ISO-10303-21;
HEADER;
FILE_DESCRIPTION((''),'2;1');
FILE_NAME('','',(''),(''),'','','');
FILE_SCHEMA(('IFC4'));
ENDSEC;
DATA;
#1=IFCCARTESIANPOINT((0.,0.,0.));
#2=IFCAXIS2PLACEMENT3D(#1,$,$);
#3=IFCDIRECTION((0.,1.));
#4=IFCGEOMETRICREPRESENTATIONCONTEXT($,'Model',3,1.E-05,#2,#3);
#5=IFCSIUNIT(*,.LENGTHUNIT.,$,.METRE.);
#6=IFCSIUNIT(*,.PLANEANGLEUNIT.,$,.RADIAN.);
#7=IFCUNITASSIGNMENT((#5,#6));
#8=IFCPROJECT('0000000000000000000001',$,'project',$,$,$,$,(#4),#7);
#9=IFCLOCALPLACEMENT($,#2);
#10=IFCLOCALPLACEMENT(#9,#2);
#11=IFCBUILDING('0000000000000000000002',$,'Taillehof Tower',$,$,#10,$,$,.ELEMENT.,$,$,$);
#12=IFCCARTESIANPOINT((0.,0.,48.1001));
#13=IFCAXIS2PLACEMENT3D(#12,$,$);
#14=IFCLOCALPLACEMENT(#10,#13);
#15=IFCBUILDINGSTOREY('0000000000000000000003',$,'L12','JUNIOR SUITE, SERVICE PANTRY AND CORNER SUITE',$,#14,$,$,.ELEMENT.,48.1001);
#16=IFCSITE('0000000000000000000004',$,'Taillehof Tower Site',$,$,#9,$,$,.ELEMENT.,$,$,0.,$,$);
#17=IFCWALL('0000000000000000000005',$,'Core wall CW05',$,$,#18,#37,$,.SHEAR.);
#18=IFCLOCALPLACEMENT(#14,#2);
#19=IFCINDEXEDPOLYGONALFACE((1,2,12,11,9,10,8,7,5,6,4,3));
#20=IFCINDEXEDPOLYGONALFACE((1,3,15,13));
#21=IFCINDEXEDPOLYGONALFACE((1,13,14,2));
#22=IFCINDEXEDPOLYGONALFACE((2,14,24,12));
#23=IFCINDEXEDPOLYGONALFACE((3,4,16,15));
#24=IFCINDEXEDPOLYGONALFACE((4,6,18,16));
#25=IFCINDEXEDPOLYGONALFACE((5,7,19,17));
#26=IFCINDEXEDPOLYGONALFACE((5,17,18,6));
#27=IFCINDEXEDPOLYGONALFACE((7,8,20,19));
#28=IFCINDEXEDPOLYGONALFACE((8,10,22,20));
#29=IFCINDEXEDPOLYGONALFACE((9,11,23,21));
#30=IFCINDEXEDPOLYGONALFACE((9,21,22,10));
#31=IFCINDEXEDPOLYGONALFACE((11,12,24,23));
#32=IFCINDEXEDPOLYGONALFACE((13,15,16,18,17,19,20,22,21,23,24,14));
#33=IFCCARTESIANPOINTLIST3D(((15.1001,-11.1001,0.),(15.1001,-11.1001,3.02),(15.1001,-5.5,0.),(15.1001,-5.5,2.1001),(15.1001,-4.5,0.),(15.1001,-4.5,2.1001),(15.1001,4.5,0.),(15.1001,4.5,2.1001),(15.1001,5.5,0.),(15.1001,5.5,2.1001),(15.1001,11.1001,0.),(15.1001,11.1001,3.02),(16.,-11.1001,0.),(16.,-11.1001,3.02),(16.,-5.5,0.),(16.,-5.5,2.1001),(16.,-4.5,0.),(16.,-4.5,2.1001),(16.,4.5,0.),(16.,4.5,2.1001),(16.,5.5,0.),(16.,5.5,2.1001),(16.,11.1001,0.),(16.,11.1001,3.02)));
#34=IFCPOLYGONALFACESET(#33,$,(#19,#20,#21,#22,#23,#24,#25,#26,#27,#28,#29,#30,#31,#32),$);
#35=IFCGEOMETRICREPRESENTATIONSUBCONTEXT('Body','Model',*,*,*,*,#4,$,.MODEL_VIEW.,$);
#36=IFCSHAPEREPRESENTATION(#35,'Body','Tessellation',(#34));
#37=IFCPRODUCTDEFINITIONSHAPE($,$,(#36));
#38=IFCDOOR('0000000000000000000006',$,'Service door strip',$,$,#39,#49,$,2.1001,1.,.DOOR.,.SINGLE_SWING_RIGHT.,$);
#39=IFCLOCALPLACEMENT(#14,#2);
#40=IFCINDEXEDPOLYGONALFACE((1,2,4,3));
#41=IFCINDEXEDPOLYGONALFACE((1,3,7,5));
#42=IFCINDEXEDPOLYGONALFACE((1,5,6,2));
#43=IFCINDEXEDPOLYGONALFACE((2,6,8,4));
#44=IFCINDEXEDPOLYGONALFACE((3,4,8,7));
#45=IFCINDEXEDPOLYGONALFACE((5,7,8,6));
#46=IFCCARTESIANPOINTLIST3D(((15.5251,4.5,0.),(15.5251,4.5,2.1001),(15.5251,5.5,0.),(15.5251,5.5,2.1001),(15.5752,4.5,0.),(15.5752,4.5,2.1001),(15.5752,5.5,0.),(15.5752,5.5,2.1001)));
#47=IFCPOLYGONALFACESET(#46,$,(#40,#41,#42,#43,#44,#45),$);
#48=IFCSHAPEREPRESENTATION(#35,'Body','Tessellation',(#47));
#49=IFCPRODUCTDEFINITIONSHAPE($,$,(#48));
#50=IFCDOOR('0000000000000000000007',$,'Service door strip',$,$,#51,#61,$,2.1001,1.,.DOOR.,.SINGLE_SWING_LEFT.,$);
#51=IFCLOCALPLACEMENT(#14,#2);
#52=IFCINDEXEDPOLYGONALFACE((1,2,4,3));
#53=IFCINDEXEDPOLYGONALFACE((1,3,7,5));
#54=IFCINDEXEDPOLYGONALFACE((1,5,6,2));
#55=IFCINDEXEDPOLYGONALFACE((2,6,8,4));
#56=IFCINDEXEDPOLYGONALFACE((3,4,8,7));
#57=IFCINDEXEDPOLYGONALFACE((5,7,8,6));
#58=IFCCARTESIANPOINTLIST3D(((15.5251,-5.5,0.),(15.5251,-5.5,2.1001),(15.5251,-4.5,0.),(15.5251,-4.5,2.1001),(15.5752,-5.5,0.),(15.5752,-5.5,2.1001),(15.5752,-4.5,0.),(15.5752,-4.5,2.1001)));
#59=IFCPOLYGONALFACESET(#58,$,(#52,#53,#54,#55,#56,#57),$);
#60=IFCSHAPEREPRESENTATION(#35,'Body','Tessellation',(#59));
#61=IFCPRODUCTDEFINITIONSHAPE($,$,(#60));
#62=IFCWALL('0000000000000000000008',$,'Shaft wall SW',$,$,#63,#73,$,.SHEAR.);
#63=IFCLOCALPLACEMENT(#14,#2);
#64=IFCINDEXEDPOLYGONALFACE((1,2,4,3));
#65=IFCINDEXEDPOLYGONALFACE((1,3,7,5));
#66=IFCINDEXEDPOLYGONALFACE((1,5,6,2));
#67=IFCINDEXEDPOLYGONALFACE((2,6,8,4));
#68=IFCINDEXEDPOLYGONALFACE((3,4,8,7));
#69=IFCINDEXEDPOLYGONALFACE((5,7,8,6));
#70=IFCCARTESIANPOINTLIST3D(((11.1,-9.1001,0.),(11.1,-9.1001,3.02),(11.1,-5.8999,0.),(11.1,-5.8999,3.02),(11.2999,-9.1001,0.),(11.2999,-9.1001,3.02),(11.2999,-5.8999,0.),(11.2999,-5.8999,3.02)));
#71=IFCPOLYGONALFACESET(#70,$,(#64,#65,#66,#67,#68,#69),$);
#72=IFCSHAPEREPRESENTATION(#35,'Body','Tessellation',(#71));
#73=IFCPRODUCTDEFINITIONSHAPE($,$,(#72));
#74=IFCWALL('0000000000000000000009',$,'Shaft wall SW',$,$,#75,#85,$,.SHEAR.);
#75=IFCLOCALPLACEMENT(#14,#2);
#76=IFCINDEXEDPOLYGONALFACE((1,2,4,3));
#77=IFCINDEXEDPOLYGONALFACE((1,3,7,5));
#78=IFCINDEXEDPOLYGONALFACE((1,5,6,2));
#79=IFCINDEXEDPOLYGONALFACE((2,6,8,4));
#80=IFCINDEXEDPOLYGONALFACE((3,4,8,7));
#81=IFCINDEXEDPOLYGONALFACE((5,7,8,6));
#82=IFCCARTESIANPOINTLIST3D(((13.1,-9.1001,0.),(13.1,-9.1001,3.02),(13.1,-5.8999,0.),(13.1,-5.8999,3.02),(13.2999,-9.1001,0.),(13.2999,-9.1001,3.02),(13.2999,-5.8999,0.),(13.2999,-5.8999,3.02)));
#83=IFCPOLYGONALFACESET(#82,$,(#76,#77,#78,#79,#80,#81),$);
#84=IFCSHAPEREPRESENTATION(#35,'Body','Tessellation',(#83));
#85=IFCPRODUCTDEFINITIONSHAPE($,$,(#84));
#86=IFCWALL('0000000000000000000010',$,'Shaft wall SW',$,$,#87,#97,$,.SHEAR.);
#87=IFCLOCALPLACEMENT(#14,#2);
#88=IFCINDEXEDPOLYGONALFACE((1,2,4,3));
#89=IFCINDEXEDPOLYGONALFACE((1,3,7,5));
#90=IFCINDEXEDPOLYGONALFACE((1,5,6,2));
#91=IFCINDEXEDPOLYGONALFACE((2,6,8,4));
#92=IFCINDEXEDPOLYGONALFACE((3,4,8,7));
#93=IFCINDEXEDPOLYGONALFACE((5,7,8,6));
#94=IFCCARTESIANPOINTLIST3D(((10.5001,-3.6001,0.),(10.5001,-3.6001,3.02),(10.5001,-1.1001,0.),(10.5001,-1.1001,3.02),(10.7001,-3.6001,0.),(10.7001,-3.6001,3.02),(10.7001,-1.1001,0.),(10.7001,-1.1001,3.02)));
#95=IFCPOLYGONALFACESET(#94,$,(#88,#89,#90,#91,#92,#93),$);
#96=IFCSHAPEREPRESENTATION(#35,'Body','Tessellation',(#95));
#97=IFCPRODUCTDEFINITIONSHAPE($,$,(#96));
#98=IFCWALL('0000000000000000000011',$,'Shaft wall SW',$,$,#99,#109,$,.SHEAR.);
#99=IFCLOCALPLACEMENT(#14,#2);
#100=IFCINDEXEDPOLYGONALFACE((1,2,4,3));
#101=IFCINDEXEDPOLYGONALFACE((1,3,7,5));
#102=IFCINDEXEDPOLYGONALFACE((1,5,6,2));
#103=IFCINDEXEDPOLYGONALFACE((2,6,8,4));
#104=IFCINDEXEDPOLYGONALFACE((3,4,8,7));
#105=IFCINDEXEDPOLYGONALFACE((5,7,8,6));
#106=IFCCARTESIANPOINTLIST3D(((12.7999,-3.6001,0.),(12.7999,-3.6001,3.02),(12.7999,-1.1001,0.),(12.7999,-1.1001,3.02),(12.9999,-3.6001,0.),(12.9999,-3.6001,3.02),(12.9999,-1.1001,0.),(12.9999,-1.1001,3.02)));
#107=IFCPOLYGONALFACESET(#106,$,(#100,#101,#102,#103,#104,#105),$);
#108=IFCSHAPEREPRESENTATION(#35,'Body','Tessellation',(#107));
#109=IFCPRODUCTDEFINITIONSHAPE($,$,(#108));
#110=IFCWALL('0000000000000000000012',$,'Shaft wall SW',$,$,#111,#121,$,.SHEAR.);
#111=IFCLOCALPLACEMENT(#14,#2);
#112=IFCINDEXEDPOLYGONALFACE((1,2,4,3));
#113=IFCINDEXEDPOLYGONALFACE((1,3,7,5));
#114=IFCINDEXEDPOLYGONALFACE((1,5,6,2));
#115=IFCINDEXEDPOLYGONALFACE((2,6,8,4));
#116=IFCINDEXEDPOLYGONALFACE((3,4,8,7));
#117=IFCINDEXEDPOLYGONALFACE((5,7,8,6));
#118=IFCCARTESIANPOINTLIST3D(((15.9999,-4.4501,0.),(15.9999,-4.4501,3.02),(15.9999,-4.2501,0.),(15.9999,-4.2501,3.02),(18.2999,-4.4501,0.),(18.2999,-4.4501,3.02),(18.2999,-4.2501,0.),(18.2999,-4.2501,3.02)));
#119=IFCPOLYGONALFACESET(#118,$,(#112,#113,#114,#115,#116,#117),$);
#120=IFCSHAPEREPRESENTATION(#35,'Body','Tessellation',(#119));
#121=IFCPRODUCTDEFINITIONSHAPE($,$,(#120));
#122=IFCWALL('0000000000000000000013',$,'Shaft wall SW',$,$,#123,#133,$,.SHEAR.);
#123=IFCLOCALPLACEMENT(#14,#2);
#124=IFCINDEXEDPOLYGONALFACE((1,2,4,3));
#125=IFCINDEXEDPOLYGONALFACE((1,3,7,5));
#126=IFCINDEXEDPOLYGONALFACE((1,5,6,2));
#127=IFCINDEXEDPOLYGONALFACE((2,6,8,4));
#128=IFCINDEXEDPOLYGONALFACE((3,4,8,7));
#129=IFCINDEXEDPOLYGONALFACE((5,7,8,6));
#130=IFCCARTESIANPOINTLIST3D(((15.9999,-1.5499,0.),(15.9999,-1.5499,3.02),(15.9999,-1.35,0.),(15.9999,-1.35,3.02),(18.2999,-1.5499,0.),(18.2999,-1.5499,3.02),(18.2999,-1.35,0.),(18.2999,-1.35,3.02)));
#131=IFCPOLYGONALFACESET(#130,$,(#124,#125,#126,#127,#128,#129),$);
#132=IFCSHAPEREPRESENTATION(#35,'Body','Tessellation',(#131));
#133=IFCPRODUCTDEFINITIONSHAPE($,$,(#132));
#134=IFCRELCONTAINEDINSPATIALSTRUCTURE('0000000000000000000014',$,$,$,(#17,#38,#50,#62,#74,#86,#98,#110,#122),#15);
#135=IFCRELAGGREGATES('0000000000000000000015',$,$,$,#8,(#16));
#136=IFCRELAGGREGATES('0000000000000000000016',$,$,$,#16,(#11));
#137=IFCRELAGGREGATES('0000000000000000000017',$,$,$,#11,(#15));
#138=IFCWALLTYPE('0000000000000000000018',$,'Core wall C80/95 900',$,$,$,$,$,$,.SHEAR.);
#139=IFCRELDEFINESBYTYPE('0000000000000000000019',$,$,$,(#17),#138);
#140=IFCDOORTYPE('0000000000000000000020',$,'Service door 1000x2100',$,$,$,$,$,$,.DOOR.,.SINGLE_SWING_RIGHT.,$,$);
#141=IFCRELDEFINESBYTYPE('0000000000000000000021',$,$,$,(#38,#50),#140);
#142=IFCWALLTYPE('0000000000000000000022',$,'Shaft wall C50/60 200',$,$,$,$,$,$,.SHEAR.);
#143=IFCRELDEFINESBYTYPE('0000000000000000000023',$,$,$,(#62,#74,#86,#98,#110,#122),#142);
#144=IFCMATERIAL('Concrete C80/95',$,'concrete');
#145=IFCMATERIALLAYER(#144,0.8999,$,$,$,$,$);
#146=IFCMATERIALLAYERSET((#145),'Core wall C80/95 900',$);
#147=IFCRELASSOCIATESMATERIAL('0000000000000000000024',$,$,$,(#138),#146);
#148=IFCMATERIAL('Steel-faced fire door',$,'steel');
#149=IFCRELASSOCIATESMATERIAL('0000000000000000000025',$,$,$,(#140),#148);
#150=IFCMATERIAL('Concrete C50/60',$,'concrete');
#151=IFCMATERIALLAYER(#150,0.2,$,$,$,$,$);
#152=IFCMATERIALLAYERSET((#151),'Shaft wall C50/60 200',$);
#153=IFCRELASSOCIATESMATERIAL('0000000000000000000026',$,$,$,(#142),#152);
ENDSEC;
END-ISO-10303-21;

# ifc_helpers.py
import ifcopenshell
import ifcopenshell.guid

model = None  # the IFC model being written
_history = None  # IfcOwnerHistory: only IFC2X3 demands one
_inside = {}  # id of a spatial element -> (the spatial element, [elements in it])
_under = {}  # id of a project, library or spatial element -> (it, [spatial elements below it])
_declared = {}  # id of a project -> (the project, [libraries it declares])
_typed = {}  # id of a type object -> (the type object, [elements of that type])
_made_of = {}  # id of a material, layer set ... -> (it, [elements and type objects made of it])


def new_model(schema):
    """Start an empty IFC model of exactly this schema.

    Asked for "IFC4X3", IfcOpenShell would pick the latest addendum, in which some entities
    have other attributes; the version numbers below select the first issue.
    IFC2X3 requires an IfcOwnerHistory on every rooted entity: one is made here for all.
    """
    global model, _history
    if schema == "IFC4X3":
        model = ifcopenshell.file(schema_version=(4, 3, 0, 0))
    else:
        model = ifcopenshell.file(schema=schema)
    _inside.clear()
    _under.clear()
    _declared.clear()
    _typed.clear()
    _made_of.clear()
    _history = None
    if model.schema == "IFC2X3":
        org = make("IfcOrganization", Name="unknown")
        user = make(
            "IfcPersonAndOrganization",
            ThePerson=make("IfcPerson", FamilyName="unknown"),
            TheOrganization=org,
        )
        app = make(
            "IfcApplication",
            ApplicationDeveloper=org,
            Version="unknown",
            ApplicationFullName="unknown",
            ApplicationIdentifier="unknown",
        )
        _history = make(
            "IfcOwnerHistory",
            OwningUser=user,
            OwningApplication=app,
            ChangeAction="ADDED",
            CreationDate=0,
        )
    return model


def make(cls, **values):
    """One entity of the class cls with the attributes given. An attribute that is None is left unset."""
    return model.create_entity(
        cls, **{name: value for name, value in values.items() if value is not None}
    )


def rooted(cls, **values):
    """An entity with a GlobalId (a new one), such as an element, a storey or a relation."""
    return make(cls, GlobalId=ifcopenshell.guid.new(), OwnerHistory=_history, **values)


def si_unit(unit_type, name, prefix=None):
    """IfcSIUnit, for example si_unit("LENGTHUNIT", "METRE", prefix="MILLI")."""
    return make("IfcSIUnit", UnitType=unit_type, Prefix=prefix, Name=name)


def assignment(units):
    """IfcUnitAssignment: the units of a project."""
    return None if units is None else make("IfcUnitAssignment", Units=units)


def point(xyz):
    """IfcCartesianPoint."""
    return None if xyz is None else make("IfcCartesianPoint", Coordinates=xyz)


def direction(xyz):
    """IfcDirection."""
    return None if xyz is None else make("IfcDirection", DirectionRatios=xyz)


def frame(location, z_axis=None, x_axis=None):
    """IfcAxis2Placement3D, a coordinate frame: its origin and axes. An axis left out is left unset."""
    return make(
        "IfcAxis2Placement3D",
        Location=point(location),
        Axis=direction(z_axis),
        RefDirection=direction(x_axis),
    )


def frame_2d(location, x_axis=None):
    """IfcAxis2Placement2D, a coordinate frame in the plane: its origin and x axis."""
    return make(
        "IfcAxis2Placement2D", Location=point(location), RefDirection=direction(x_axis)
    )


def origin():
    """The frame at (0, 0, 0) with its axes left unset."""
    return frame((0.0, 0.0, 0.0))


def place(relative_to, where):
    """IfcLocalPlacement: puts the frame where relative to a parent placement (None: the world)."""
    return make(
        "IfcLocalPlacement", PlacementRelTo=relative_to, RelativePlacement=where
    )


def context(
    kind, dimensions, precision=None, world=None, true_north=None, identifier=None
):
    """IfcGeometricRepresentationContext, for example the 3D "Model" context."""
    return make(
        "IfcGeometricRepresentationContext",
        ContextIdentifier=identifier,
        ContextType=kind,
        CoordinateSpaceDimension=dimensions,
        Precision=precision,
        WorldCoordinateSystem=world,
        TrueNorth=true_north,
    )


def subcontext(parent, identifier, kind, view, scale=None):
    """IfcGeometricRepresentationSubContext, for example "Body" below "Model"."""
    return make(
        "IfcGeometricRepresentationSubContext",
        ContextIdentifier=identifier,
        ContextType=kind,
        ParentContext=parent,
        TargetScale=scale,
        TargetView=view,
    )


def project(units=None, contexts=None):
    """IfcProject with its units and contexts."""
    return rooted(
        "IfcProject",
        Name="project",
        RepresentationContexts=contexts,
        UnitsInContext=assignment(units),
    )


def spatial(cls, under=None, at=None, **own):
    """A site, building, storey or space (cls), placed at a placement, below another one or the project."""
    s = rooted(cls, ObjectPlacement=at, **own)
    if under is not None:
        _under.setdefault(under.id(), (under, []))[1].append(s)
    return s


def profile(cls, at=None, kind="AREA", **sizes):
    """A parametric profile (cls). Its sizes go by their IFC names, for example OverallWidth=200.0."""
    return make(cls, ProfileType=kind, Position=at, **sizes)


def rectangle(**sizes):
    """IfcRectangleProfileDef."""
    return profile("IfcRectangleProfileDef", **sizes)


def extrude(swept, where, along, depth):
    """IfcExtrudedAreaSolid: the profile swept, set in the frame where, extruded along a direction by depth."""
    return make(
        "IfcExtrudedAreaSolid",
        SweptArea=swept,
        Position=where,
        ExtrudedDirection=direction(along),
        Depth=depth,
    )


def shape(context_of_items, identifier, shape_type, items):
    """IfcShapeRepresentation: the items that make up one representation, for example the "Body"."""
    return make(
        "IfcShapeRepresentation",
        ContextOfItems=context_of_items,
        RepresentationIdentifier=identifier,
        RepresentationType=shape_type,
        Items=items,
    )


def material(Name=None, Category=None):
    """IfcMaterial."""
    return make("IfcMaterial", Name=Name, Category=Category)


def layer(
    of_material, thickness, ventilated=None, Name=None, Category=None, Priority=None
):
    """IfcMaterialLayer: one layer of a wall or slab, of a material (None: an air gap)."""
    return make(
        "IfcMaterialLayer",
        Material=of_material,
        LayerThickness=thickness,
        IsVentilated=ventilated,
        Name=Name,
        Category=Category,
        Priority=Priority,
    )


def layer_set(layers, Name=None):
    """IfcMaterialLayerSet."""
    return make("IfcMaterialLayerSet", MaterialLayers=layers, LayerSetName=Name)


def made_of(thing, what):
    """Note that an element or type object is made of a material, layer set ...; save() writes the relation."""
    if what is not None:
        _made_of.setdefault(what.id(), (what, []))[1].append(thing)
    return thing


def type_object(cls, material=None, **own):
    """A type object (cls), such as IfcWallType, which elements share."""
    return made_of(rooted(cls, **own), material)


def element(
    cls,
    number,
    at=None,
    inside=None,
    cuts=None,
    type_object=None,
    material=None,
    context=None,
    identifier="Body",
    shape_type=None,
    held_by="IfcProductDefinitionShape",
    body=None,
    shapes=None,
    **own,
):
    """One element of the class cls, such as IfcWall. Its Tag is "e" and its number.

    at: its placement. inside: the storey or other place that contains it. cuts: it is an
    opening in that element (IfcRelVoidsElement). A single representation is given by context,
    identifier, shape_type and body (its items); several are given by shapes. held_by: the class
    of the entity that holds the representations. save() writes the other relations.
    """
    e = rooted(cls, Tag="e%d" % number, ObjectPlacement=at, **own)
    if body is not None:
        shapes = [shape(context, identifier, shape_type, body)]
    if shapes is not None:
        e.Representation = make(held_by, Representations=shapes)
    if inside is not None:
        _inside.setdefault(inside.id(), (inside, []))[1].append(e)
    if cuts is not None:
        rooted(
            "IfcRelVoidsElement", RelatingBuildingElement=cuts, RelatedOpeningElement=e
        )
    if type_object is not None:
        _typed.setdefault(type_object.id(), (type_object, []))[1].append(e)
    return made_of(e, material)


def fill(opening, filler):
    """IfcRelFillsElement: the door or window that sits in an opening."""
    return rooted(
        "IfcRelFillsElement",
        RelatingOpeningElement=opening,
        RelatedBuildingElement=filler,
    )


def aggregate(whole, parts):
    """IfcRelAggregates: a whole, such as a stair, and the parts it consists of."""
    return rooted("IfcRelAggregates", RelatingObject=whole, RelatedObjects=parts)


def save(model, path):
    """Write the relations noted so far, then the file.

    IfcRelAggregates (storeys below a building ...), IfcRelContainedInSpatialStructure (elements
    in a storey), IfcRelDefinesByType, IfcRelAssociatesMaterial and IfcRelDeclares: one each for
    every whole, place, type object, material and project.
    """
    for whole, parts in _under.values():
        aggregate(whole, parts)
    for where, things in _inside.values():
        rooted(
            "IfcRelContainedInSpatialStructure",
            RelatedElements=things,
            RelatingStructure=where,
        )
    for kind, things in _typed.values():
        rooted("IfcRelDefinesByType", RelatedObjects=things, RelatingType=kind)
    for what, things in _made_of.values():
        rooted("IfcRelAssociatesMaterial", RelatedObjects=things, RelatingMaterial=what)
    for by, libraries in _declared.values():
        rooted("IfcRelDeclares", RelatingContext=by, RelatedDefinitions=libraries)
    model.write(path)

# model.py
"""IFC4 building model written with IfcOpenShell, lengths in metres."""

from ifc_helpers import new_model, si_unit, direction, frame, frame_2d, origin, place, context, subcontext, project, spatial, rectangle, extrude, material, layer, layer_set, type_object, element, fill, save


model = new_model("IFC4")

# Units and contexts
model_context = context("Model", 3, precision=1e-05, world=origin(), true_north=direction((0.0, 1.0)))
body_context = subcontext(model_context, "Body", "Model", "MODEL_VIEW")
ifc_project = project(units=[si_unit("LENGTHUNIT", "METRE"), si_unit("PLANEANGLEUNIT", "RADIAN")], contexts=[model_context])

# Site, building, storey
site_placement = place(None, origin())
site = spatial("IfcSite", under=ifc_project, at=site_placement, Name="Taillehof Tower Site", CompositionType="ELEMENT", RefElevation=0.0)
building_placement = place(site_placement, origin())
building = spatial("IfcBuilding", under=site, at=building_placement, Name="Taillehof Tower", CompositionType="ELEMENT")
storey_placement = place(building_placement, frame((0.0, 0.0, 48.1001)))
storey = spatial("IfcBuildingStorey", under=building, at=storey_placement, Name="L12", Description="JUNIOR SUITE, SERVICE PANTRY AND CORNER SUITE", CompositionType="ELEMENT", Elevation=48.1001)

# Wall, openings, doors
ifc_material_1 = material(Name="Concrete C80/95", Category="concrete")
ifc_layer_1 = layer(ifc_material_1, 0.8999)
ifc_layer_set_1 = layer_set([ifc_layer_1], Name="Core wall C80/95 900")
wall_type_1 = type_object("IfcWallType", Name="Core wall C80/95 900", PredefinedType="SHEAR", material=ifc_layer_set_1)
wall_1_placement = place(storey_placement, frame((15.55, -11.1001, 0.0), z_axis=(0.0, 0.0, 1.0), x_axis=(0.0, 1.0, 0.0)))
wall_1 = element("IfcWall", 1, at=wall_1_placement, inside=storey, type_object=wall_type_1, Name="Core wall CW05", PredefinedType="SHEAR", context=body_context, shape_type="SweptSolid", body=[
    extrude(rectangle(XDim=22.2002, YDim=0.8999, at=frame_2d((11.1001, 0.0))), origin(), (0.0, 0.0, 1.0), 3.02),
])
opening_1_placement = place(wall_1_placement, frame((15.6001, 0.0, 0.0)))
opening_1 = element("IfcOpeningElement", 2, at=opening_1_placement, cuts=wall_1, PredefinedType="OPENING", context=body_context, shape_type="SweptSolid", body=[
    extrude(rectangle(XDim=1.0, YDim=2.1001, at=frame_2d((0.5, 1.05))), frame((0.0, 0.46, 0.0), z_axis=(0.0, -1.0, 0.0), x_axis=(1.0, 0.0, 0.0)), (0.0, 0.0, 1.0), 0.9199),
])
opening_2_placement = place(wall_1_placement, frame((5.6001, 0.0, 0.0)))
opening_2 = element("IfcOpeningElement", 3, at=opening_2_placement, cuts=wall_1, PredefinedType="OPENING", context=body_context, shape_type="SweptSolid", body=[
    extrude(rectangle(XDim=1.0, YDim=2.1001, at=frame_2d((0.5, 1.05))), frame((0.0, 0.46, 0.0), z_axis=(0.0, -1.0, 0.0), x_axis=(1.0, 0.0, 0.0)), (0.0, 0.0, 1.0), 0.9199),
])
ifc_material_2 = material(Name="Steel-faced fire door", Category="steel")
door_type_1 = type_object("IfcDoorType", Name="Service door 1000x2100", OperationType="SINGLE_SWING_RIGHT", PredefinedType="DOOR", material=ifc_material_2)
door_1_placement = place(opening_1_placement, origin())
door_1 = element("IfcDoor", 4, at=door_1_placement, inside=storey, type_object=door_type_1, Name="Service door strip", OperationType="SINGLE_SWING_RIGHT", OverallHeight=2.1001, OverallWidth=1.0, PredefinedType="DOOR", context=body_context, shape_type="SweptSolid", body=[
    extrude(rectangle(XDim=1.0, YDim=2.1001, at=frame_2d((0.5, 1.05))), frame((0.0, 0.0249, 0.0), z_axis=(0.0, -1.0, 0.0), x_axis=(1.0, 0.0, 0.0)), (0.0, 0.0, 1.0), 0.05),
])
fill(opening_1, door_1)
door_2_placement = place(opening_2_placement, origin())
door_2 = element("IfcDoor", 5, at=door_2_placement, inside=storey, type_object=door_type_1, Name="Service door strip", OperationType="SINGLE_SWING_LEFT", OverallHeight=2.1001, OverallWidth=1.0, PredefinedType="DOOR", context=body_context, shape_type="SweptSolid", body=[
    extrude(rectangle(XDim=1.0, YDim=2.1001, at=frame_2d((0.5, 1.05))), frame((0.0, 0.0249, 0.0), z_axis=(0.0, -1.0, 0.0), x_axis=(1.0, 0.0, 0.0)), (0.0, 0.0, 1.0), 0.05),
])
fill(opening_2, door_2)

# Walls
ifc_material_3 = material(Name="Concrete C50/60", Category="concrete")
ifc_layer_2 = layer(ifc_material_3, 0.2)
ifc_layer_set_2 = layer_set([ifc_layer_2], Name="Shaft wall C50/60 200")
wall_type_2 = type_object("IfcWallType", Name="Shaft wall C50/60 200", PredefinedType="SHEAR", material=ifc_layer_set_2)
for number, where, z_axis, x_axis, name in (
    (6, (11.2, -9.1001, 0.0), (0.0, 0.0, 1.0), (0.0, 1.0, 0.0), "Shaft wall SW"),
    (7, (13.2, -9.1001, 0.0), (0.0, 0.0, 1.0), (0.0, 1.0, 0.0), "Shaft wall SW"),
):
    element("IfcWall", number, at=place(storey_placement, frame(where, z_axis=z_axis, x_axis=x_axis)), inside=storey, type_object=wall_type_2, Name=name, PredefinedType="SHEAR", context=body_context, shape_type="SweptSolid", body=[
        extrude(rectangle(XDim=3.2002, YDim=0.2, at=frame_2d((1.6001, 0.0))), origin(), (0.0, 0.0, 1.0), 3.02),
    ])
for number, where, z_axis, x_axis, name in (
    (8, (10.6001, -3.6001, 0.0), (0.0, 0.0, 1.0), (0.0, 1.0, 0.0), "Shaft wall SW"),
    (9, (12.8999, -3.6001, 0.0), (0.0, 0.0, 1.0), (0.0, 1.0, 0.0), "Shaft wall SW"),
):
    element("IfcWall", number, at=place(storey_placement, frame(where, z_axis=z_axis, x_axis=x_axis)), inside=storey, type_object=wall_type_2, Name=name, PredefinedType="SHEAR", context=body_context, shape_type="SweptSolid", body=[
        extrude(rectangle(XDim=2.5, YDim=0.2, at=frame_2d((1.25, 0.0))), origin(), (0.0, 0.0, 1.0), 3.02),
    ])
for number, where, z_axis, x_axis, name in (
    (10, (16.0, -4.3501, 0.0), (0.0, 0.0, 1.0), (1.0, 0.0, 0.0), "Shaft wall SW"),
    (11, (16.0, -1.45, 0.0), (0.0, 0.0, 1.0), (1.0, 0.0, 0.0), "Shaft wall SW"),
):
    element("IfcWall", number, at=place(storey_placement, frame(where, z_axis=z_axis, x_axis=x_axis)), inside=storey, type_object=wall_type_2, Name=name, PredefinedType="SHEAR", context=body_context, shape_type="SweptSolid", body=[
        extrude(rectangle(XDim=2.3, YDim=0.2, at=frame_2d((1.1499, 0.0))), origin(), (0.0, 0.0, 1.0), 3.02),
    ])

save(model, "model.ifc")
